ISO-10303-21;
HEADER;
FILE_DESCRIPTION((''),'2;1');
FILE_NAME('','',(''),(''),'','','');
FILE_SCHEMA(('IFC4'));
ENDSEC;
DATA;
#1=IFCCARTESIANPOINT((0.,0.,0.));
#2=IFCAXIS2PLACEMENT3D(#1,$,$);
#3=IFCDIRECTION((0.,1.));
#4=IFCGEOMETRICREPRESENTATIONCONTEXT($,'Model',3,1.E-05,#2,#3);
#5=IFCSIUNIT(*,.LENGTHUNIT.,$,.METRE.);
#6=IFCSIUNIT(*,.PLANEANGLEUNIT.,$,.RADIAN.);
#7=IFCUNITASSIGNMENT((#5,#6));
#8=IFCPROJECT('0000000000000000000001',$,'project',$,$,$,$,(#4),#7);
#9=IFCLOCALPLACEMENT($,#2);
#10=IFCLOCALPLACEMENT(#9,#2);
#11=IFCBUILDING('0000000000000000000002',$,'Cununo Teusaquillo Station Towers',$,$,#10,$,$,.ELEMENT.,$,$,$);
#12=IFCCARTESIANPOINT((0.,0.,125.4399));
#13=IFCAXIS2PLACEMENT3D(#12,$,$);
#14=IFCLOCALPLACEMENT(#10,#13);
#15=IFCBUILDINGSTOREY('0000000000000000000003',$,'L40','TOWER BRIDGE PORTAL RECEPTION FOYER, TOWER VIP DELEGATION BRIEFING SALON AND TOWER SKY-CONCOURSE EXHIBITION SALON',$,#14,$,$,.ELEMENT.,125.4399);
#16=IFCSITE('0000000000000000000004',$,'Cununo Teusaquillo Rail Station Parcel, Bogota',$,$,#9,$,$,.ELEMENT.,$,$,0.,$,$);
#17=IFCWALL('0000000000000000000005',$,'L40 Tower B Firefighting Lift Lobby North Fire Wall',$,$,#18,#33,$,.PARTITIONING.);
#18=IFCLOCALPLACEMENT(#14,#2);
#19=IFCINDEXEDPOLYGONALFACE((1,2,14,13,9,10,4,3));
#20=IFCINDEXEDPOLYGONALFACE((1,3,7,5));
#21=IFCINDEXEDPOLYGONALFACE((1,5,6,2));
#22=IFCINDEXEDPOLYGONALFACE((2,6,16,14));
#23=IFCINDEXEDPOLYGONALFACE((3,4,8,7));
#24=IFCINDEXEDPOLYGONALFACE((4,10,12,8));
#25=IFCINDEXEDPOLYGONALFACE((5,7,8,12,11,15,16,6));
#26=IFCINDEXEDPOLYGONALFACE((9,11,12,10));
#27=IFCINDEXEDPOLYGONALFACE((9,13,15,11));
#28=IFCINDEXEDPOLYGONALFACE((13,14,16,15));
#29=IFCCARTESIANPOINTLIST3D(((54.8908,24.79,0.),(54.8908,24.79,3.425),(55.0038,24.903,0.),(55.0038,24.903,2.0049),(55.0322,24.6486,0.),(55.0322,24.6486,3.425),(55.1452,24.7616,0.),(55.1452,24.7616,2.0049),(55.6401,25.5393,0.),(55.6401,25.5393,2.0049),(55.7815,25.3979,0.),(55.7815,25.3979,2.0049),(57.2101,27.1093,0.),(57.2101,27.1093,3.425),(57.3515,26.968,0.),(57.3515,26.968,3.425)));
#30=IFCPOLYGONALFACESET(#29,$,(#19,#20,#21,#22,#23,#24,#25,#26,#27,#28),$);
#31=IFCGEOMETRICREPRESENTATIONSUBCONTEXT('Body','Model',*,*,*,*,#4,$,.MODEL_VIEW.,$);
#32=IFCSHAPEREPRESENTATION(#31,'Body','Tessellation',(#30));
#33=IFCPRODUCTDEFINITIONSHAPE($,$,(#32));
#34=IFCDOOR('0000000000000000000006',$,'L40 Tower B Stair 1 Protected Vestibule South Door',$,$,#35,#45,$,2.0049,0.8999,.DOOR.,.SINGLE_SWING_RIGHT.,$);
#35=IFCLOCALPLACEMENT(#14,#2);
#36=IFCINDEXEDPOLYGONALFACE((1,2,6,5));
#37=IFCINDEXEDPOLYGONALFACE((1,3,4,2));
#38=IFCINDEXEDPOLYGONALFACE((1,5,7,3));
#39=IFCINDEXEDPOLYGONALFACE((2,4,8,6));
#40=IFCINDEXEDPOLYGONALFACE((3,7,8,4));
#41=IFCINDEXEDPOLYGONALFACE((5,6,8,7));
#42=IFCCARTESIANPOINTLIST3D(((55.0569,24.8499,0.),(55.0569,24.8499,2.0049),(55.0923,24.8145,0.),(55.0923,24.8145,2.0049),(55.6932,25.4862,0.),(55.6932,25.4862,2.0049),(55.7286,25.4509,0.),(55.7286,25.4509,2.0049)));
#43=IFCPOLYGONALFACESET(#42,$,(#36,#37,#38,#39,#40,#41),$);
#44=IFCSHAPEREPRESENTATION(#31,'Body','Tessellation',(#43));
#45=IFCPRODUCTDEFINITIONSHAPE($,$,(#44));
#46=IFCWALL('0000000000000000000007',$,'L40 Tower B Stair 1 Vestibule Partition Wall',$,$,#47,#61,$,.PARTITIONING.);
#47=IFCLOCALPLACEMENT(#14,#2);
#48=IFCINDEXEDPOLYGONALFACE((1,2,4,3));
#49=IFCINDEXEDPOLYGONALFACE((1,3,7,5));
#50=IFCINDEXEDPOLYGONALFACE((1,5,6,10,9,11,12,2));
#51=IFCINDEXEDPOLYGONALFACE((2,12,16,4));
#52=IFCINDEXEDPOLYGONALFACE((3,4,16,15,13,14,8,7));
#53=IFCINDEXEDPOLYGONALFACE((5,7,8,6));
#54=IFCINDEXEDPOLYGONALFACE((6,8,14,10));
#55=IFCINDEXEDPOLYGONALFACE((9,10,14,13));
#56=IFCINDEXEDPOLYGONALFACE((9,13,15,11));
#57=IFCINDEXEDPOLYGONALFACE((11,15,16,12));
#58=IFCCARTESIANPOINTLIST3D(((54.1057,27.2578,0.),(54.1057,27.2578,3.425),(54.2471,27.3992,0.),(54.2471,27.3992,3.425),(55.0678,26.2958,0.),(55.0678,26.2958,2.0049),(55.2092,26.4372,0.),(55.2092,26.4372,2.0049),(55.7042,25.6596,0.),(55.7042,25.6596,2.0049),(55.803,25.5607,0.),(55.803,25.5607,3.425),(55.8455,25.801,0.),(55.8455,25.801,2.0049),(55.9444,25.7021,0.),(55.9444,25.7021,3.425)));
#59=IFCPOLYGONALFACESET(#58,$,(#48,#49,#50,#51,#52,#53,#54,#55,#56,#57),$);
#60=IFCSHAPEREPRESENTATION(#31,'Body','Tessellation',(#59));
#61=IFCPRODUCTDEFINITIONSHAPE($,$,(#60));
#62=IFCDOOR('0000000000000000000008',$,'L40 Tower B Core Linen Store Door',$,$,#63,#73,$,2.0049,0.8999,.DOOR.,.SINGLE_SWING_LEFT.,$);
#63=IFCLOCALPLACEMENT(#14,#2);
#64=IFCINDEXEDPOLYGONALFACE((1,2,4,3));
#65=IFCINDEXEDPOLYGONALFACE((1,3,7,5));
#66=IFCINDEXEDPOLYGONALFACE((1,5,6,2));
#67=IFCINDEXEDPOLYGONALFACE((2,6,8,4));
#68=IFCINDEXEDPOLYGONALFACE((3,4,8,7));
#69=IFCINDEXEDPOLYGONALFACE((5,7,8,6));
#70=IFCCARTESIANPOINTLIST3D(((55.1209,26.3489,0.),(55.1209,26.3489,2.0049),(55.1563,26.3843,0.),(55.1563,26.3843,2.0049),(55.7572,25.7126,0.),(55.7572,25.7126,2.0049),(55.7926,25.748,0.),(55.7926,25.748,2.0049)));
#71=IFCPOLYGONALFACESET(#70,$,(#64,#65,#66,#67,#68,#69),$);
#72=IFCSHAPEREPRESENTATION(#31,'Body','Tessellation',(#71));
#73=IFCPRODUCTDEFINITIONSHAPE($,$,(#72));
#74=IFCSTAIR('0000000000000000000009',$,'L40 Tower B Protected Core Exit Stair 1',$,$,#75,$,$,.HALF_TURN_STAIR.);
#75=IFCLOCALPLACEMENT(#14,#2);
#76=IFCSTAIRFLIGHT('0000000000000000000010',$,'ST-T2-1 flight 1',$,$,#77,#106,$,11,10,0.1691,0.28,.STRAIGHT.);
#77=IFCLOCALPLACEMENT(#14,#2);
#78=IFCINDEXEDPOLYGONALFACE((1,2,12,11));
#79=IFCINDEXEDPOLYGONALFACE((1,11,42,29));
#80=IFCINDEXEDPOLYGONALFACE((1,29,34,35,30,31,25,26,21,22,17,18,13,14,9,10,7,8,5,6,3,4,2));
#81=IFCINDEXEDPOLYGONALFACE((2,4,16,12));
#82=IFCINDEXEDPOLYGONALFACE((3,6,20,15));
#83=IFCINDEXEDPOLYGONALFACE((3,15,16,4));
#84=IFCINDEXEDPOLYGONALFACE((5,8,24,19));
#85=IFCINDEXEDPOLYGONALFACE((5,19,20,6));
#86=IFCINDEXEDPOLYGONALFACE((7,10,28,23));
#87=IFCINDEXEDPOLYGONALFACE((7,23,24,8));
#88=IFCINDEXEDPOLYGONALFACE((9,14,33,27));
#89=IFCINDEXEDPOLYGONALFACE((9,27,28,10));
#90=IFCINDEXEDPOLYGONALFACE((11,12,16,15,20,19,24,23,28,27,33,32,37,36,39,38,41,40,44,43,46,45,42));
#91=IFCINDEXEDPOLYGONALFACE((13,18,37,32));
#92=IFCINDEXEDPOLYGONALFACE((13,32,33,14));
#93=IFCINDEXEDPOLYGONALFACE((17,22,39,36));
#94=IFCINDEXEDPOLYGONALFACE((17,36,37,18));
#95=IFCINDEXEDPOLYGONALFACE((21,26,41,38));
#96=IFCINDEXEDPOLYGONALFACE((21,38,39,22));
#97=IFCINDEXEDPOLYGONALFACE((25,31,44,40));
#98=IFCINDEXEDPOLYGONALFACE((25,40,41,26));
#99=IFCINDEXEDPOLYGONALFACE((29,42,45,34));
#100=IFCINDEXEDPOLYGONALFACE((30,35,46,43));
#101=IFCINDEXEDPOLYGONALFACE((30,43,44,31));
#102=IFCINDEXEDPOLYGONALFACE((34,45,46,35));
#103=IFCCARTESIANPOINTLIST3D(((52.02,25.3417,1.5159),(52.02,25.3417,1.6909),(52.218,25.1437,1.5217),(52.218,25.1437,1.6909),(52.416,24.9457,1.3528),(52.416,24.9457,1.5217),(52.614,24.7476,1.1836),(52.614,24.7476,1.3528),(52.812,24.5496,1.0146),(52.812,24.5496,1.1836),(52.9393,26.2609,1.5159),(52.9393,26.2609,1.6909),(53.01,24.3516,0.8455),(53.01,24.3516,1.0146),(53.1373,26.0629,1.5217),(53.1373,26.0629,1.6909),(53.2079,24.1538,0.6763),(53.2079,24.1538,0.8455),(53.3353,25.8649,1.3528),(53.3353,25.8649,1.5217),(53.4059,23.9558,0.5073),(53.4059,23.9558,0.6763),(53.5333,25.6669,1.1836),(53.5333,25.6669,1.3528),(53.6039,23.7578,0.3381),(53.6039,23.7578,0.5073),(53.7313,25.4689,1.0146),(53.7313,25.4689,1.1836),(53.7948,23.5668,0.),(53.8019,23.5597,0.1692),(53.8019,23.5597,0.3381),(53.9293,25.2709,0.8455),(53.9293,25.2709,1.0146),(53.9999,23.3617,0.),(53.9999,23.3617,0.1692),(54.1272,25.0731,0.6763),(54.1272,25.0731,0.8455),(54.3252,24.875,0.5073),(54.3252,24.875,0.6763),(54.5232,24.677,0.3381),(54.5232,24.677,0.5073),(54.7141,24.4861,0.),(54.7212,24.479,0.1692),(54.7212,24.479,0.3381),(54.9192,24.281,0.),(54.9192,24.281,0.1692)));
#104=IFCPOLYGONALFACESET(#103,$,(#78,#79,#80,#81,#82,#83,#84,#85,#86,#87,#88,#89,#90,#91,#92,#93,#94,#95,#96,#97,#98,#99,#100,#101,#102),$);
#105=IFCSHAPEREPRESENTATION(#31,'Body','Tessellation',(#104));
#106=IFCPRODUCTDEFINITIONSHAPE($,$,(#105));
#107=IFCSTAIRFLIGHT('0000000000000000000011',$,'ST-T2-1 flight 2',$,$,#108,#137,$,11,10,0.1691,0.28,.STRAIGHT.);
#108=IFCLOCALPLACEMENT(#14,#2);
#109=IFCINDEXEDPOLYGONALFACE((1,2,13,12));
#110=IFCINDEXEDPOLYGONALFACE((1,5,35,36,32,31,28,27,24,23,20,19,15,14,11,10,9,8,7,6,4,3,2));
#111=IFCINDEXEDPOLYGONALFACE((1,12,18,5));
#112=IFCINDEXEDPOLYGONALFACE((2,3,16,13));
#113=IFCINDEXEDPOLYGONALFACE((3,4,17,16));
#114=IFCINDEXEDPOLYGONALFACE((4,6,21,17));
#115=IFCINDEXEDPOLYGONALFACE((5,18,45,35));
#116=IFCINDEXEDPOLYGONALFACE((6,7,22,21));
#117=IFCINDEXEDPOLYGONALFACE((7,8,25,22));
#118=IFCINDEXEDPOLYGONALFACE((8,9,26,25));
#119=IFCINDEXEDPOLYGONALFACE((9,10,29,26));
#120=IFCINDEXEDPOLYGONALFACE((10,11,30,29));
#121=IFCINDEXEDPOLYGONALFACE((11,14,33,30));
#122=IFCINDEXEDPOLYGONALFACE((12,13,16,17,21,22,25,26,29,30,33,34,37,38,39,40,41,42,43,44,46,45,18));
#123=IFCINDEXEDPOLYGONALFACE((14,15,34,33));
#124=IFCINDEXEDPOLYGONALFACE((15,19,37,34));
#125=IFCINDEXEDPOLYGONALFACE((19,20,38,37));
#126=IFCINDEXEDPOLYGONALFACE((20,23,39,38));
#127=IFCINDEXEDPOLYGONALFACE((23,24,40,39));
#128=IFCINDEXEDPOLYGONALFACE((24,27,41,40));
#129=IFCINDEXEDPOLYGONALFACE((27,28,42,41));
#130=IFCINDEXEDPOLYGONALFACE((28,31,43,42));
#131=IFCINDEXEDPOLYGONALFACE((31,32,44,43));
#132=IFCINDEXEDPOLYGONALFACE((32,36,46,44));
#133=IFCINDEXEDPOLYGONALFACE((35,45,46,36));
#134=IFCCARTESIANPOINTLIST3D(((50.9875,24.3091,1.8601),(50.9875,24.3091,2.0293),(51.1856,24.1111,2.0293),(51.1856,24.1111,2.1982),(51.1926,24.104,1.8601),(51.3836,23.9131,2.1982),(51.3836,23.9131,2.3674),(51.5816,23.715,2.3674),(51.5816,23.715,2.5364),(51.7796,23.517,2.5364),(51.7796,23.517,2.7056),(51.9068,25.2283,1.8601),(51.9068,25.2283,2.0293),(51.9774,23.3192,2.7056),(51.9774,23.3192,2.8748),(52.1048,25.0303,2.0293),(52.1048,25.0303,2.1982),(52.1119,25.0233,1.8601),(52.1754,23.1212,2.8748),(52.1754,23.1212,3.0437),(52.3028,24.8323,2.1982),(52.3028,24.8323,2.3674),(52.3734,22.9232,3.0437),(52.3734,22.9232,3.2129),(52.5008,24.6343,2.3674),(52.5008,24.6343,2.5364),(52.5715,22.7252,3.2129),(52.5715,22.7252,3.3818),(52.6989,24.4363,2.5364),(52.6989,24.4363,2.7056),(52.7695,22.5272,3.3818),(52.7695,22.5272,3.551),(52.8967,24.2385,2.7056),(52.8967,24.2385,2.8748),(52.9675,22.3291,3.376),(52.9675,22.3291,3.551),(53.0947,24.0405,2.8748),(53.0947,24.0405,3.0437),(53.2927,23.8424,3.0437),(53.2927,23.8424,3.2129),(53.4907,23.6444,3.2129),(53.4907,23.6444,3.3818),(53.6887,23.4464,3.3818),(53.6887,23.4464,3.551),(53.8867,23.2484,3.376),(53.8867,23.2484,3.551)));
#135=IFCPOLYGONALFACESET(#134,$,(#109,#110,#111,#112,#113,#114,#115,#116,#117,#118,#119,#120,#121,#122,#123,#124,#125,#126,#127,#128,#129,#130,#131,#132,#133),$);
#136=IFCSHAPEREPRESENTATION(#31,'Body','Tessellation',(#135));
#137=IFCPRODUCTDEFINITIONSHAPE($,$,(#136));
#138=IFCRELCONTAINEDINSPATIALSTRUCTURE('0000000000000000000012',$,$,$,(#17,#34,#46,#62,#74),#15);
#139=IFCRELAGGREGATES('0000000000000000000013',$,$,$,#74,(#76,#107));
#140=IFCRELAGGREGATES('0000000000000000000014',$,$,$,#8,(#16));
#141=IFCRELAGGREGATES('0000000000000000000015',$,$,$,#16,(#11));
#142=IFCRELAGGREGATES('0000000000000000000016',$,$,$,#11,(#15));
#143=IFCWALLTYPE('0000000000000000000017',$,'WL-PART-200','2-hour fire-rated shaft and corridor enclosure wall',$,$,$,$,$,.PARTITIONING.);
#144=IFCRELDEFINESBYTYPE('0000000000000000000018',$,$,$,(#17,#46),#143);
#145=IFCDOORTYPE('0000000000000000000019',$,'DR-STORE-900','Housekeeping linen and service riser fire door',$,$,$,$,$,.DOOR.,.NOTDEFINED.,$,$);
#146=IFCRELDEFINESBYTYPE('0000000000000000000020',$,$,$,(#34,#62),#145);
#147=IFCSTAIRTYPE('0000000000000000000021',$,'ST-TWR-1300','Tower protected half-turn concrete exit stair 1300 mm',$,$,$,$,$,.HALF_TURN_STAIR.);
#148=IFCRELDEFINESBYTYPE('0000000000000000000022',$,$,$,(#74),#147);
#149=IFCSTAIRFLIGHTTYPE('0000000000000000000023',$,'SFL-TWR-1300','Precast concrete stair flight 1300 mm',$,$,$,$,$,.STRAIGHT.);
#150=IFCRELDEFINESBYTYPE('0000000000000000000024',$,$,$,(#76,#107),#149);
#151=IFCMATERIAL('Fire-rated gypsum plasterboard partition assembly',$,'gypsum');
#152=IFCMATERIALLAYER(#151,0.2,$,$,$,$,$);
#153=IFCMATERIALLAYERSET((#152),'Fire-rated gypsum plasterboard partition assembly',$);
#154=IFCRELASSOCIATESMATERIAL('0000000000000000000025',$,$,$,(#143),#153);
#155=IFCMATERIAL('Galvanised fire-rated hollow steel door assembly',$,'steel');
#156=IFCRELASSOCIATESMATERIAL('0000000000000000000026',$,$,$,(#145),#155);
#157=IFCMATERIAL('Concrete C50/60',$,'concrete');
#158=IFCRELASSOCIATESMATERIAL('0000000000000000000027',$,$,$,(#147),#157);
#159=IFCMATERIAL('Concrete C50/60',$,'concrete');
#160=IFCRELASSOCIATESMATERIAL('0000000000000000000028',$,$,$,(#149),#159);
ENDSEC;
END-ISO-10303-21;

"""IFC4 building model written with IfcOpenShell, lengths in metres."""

from ifc_helpers import new_model, si_unit, direction, frame, frame_2d, origin, place, context, subcontext, project, spatial, polyline, rectangle, outline, extrude, source, transform, mapped, material, layer, layer_set, type_object, element, fill, aggregate, save


model = new_model("IFC4")

# Units and contexts
model_context = context("Model", 3, precision=1e-05, world=origin(), true_north=direction((0.0, 1.0)))
body_context = subcontext(model_context, "Body", "Model", "MODEL_VIEW")
ifc_project = project(units=[si_unit("LENGTHUNIT", "METRE"), si_unit("PLANEANGLEUNIT", "RADIAN")], contexts=[model_context])

# Site, building, storey
site_placement = place(None, origin())
site = spatial("IfcSite", under=ifc_project, at=site_placement, Name="Cununo Teusaquillo Rail Station Parcel, Bogota", CompositionType="ELEMENT", RefElevation=0.0)
building_placement = place(site_placement, origin())
building = spatial("IfcBuilding", under=site, at=building_placement, Name="Cununo Teusaquillo Station Towers", CompositionType="ELEMENT")
storey_placement = place(building_placement, frame((0.0, 0.0, 125.4399)))
storey = spatial("IfcBuildingStorey", under=building, at=storey_placement, Name="L40", Description="TOWER BRIDGE PORTAL RECEPTION FOYER, TOWER VIP DELEGATION BRIEFING SALON AND TOWER SKY-CONCOURSE EXHIBITION SALON", CompositionType="ELEMENT", Elevation=125.4399)

# Walls, openings, doors
ifc_material_1 = material(Name="Fire-rated gypsum plasterboard partition assembly", Category="gypsum")
ifc_layer_1 = layer(ifc_material_1, 0.2)
ifc_layer_set_1 = layer_set([ifc_layer_1], Name="Fire-rated gypsum plasterboard partition assembly")
wall_type_1 = type_object("IfcWallType", Name="WL-PART-200", Description="2-hour fire-rated shaft and corridor enclosure wall", PredefinedType="PARTITIONING", material=ifc_layer_set_1)
wall_1_placement = place(storey_placement, frame((54.9614, 24.7192, 0.0), z_axis=(0.0, 0.0, 1.0), x_axis=(0.707107, 0.707107, 0.0)))
wall_1 = element("IfcWall", 1, at=wall_1_placement, inside=storey, type_object=wall_type_1, Name="L40 Tower B Firefighting Lift Lobby North Fire Wall", PredefinedType="PARTITIONING", context=body_context, shape_type="SweptSolid", body=[
    extrude(rectangle(XDim=3.28, YDim=0.2, at=frame_2d((1.6401, 0.0))), origin(), (0.0, 0.0, 1.0), 3.425),
])
shared_shape_1 = source(origin(), body_context, "Body", "SweptSolid", [
    extrude(rectangle(XDim=0.8999, YDim=2.0049, at=frame_2d((0.45, 1.0024))), frame((0.0, 0.1099, 0.0), z_axis=(0.0, -1.0, 0.0), x_axis=(1.0, 0.0, 0.0)), (0.0, 0.0, 1.0), 0.22),
])
opening_1_placement = place(wall_1_placement, frame((0.1599, 0.0, 0.0)))
opening_1 = element("IfcOpeningElement", 2, at=opening_1_placement, cuts=wall_1, PredefinedType="OPENING", context=body_context, shape_type="MappedRepresentation", body=[
    mapped(shared_shape_1, transform((0.0, 0.0, 0.0), x_axis=(1.0, 0.0, 0.0), y_axis=(0.0, 1.0, 0.0), z_axis=(0.0, 0.0, 1.0), scale=1.0)),
])
ifc_material_2 = material(Name="Galvanised fire-rated hollow steel door assembly", Category="steel")
door_type_1 = type_object("IfcDoorType", Name="DR-STORE-900", Description="Housekeeping linen and service riser fire door", OperationType="NOTDEFINED", PredefinedType="DOOR", material=ifc_material_2)
shared_shape_2 = source(origin(), body_context, "Body", "SweptSolid", [
    extrude(rectangle(XDim=0.8999, YDim=2.0049, at=frame_2d((0.45, 1.0024))), frame((0.0, 0.0249, 0.0), z_axis=(0.0, -1.0, 0.0), x_axis=(1.0, 0.0, 0.0)), (0.0, 0.0, 1.0), 0.05),
])
door_1_placement = place(opening_1_placement, origin())
door_1 = element("IfcDoor", 3, at=door_1_placement, inside=storey, type_object=door_type_1, Name="L40 Tower B Stair 1 Protected Vestibule South Door", OperationType="SINGLE_SWING_RIGHT", OverallHeight=2.0049, OverallWidth=0.8999, PredefinedType="DOOR", context=body_context, shape_type="MappedRepresentation", body=[
    mapped(shared_shape_2, transform((0.0, 0.0, 0.0), x_axis=(1.0, 0.0, 0.0), y_axis=(0.0, 1.0, 0.0), z_axis=(0.0, 0.0, 1.0), scale=1.0)),
])
fill(opening_1, door_1)
wall_2_placement = place(storey_placement, frame((55.8738, 25.6313, 0.0), z_axis=(0.0, 0.0, 1.0), x_axis=(-0.707158, 0.707056, 0.0)))
wall_2 = element("IfcWall", 4, at=wall_2_placement, inside=storey, type_object=wall_type_1, Name="L40 Tower B Stair 1 Vestibule Partition Wall", PredefinedType="PARTITIONING", context=body_context, shape_type="SweptSolid", body=[
    extrude(rectangle(XDim=2.4001, YDim=0.2, at=frame_2d((1.2002, 0.0))), origin(), (0.0, 0.0, 1.0), 3.425),
])
opening_2_placement = place(wall_2_placement, frame((0.1399, 0.0, 0.0)))
opening_2 = element("IfcOpeningElement", 5, at=opening_2_placement, cuts=wall_2, PredefinedType="OPENING", context=body_context, shape_type="MappedRepresentation", body=[
    mapped(shared_shape_1, transform((0.0, 0.0, 0.0), x_axis=(1.0, 0.0, 0.0), y_axis=(0.0, 1.0, 0.0), z_axis=(0.0, 0.0, 1.0), scale=1.0)),
])
door_2_placement = place(opening_2_placement, origin())
door_2 = element("IfcDoor", 6, at=door_2_placement, inside=storey, type_object=door_type_1, Name="L40 Tower B Core Linen Store Door", OperationType="SINGLE_SWING_LEFT", OverallHeight=2.0049, OverallWidth=0.8999, PredefinedType="DOOR", context=body_context, shape_type="MappedRepresentation", body=[
    mapped(shared_shape_2, transform((0.0, 0.0, 0.0), x_axis=(1.0, 0.0, 0.0), y_axis=(0.0, 1.0, 0.0), z_axis=(0.0, 0.0, 1.0), scale=1.0)),
])
fill(opening_2, door_2)

# Stair, stair flights
ifc_material_3 = material(Name="Concrete C50/60", Category="concrete")
stair_type = type_object("IfcStairType", Name="ST-TWR-1300", Description="Tower protected half-turn concrete exit stair 1300 mm", PredefinedType="HALF_TURN_STAIR", material=ifc_material_3)
stair_placement = place(storey_placement, origin())
stair = element("IfcStair", 7, at=stair_placement, inside=storey, type_object=stair_type, Name="L40 Tower B Protected Core Exit Stair 1", PredefinedType="HALF_TURN_STAIR")
ifc_material_4 = material(Name="Concrete C50/60", Category="concrete")
stair_flight_type = type_object("IfcStairFlightType", Name="SFL-TWR-1300", Description="Precast concrete stair flight 1300 mm", PredefinedType="STRAIGHT", material=ifc_material_4)
stair_flight_1_placement = place(storey_placement, frame((54.4595, 23.8213, 0.0), z_axis=(0.0, 0.0, 1.0), x_axis=(-0.707107, 0.707107, 0.0)))
stair_flight_1 = element("IfcStairFlight", 8, at=stair_flight_1_placement, type_object=stair_flight_type, Name="ST-T2-1 flight 1", NumberOfRisers=11, NumberOfTreads=10, PredefinedType="STRAIGHT", RiserHeight=0.1691, TreadLength=0.28, context=body_context, shape_type="SweptSolid", body=[
    extrude(outline(polyline([(0.0, 0.0), (0.0, 0.1692), (0.28, 0.1692), (0.28, 0.3381), (0.5601, 0.3381), (0.5601, 0.5073), (0.8401, 0.5073), (0.8401, 0.6763), (1.1201, 0.6763), (1.1201, 0.8455), (1.3999, 0.8455), (1.3999, 1.0146), (1.6799, 1.0146), (1.6799, 1.1836), (1.96, 1.1836), (1.96, 1.3528), (2.24, 1.3528), (2.24, 1.5217), (2.52, 1.5217), (2.52, 1.6909), (2.8, 1.6909), (2.8, 1.8601), (2.8, 1.5159), (0.29, 0.0), (0.0, 0.0)])), frame((0.0, 0.6499, 0.0), z_axis=(0.0, -1.0, 0.0), x_axis=(1.0, 0.0, 0.0)), (0.0, 0.0, 1.0), 1.3),
])
stair_flight_2_placement = place(storey_placement, frame((51.4473, 24.7688, 1.8601), z_axis=(0.0, 0.0, 1.0), x_axis=(0.707107, -0.707107, 0.0)))
stair_flight_2 = element("IfcStairFlight", 9, at=stair_flight_2_placement, type_object=stair_flight_type, Name="ST-T2-1 flight 2", NumberOfRisers=11, NumberOfTreads=10, PredefinedType="STRAIGHT", RiserHeight=0.1691, TreadLength=0.28, context=body_context, shape_type="SweptSolid", body=[
    extrude(outline(polyline([(0.0, 0.0), (0.0, 0.1692), (0.28, 0.1692), (0.28, 0.3381), (0.5601, 0.3381), (0.5601, 0.5073), (0.8401, 0.5073), (0.8401, 0.6763), (1.1201, 0.6763), (1.1201, 0.8455), (1.3999, 0.8455), (1.3999, 1.0146), (1.6799, 1.0146), (1.6799, 1.1836), (1.96, 1.1836), (1.96, 1.3528), (2.24, 1.3528), (2.24, 1.5217), (2.52, 1.5217), (2.52, 1.6909), (2.8, 1.6909), (2.8, 1.8601), (2.8, 1.5159), (0.29, 0.0), (0.0, 0.0)])), frame((0.0, 0.6499, 0.0), z_axis=(0.0, -1.0, 0.0), x_axis=(1.0, 0.0, 0.0)), (0.0, 0.0, 1.0), 1.3),
])
aggregate(stair, [stair_flight_1, stair_flight_2])

save(model, "model.ifc")
